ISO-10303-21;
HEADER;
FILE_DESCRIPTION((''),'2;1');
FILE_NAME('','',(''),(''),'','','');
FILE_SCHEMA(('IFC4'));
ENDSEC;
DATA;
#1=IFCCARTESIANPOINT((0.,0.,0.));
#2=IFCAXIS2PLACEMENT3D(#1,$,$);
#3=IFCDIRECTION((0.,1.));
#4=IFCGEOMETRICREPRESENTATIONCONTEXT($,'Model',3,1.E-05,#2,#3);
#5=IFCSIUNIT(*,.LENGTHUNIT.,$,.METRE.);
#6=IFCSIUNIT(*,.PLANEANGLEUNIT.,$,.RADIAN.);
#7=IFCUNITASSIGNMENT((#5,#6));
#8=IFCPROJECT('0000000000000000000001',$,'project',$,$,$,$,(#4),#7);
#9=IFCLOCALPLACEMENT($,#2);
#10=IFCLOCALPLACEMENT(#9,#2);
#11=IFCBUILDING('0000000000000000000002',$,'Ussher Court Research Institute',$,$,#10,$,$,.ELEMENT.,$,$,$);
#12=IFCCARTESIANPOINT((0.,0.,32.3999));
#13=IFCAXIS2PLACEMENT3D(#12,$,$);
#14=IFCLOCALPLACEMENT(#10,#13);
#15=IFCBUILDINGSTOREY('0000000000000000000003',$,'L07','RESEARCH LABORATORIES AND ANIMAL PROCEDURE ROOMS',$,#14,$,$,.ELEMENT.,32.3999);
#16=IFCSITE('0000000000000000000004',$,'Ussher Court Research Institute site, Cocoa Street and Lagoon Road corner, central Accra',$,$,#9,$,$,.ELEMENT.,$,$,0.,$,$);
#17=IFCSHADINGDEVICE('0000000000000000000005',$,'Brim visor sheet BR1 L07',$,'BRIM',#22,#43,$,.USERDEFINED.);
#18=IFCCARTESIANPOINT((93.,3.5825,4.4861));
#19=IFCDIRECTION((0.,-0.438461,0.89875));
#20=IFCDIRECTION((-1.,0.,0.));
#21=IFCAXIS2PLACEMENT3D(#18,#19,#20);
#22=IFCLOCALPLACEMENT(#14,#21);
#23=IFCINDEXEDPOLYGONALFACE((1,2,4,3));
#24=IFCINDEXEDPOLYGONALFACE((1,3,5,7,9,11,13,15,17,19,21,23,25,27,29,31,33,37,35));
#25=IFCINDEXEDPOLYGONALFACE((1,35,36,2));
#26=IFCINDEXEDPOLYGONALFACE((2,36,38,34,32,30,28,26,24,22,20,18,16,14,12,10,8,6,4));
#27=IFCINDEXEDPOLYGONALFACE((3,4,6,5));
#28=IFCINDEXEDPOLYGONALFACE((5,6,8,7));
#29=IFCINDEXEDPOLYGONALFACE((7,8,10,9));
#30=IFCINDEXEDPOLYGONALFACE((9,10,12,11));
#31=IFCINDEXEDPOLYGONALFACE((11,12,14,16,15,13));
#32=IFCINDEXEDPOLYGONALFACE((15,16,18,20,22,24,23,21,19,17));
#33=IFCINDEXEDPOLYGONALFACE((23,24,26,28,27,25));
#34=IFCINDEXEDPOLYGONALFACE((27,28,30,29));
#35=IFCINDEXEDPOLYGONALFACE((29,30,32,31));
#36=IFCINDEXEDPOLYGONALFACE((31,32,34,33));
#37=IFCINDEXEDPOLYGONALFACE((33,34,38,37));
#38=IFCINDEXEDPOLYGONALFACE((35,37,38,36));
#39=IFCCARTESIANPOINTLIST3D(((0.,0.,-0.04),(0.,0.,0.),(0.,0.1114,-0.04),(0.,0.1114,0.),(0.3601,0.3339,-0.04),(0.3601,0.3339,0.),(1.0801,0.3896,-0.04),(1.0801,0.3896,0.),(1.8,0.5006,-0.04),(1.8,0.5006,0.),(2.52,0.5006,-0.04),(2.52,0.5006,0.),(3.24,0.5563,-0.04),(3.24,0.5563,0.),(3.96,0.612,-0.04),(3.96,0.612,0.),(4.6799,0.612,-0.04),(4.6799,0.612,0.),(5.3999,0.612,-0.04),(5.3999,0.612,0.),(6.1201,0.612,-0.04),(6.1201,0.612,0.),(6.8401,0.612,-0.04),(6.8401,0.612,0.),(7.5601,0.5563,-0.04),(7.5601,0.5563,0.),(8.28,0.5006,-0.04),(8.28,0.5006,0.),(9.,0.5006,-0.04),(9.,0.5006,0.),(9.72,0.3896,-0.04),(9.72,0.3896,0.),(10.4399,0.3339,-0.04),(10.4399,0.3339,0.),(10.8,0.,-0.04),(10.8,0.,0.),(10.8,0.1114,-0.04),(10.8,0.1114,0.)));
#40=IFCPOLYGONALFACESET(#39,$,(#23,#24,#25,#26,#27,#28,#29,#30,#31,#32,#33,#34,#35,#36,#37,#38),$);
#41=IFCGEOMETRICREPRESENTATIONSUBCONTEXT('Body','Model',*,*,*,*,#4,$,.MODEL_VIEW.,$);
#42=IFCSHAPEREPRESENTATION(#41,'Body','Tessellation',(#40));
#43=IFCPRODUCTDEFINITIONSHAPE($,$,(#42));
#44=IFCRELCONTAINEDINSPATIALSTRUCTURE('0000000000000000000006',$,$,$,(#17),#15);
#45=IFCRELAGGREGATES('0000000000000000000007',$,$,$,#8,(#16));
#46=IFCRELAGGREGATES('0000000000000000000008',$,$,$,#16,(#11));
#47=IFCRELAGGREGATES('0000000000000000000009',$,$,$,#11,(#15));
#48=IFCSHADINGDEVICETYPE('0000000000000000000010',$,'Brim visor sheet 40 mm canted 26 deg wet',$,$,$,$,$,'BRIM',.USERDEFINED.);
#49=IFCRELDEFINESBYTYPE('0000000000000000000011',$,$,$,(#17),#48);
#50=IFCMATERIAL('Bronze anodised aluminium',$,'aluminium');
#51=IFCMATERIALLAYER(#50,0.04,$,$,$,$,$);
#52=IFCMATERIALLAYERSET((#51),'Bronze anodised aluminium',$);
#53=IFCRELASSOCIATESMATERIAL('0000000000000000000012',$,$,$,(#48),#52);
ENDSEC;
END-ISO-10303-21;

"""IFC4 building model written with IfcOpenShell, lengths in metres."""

from ifc_helpers import new_model, si_unit, direction, frame, origin, place, context, subcontext, project, spatial, polyline, outline, extrude, material, layer, layer_set, type_object, element, save


model = new_model("IFC4")

# Units and contexts
model_context = context("Model", 3, precision=1e-05, world=origin(), true_north=direction((0.0, 1.0)))
body_context = subcontext(model_context, "Body", "Model", "MODEL_VIEW")
ifc_project = project(units=[si_unit("LENGTHUNIT", "METRE"), si_unit("PLANEANGLEUNIT", "RADIAN")], contexts=[model_context])

# Site, building, storey
site_placement = place(None, origin())
site = spatial("IfcSite", under=ifc_project, at=site_placement, Name="Ussher Court Research Institute site, Cocoa Street and Lagoon Road corner, central Accra", CompositionType="ELEMENT", RefElevation=0.0)
building_placement = place(site_placement, origin())
building = spatial("IfcBuilding", under=site, at=building_placement, Name="Ussher Court Research Institute", CompositionType="ELEMENT")
storey_placement = place(building_placement, frame((0.0, 0.0, 32.3999)))
storey = spatial("IfcBuildingStorey", under=building, at=storey_placement, Name="L07", Description="RESEARCH LABORATORIES AND ANIMAL PROCEDURE ROOMS", CompositionType="ELEMENT", Elevation=32.3999)

# Shading device
ifc_material_1 = material(Name="Bronze anodised aluminium", Category="aluminium")
ifc_layer_1 = layer(ifc_material_1, 0.04)
ifc_layer_set_1 = layer_set([ifc_layer_1], Name="Bronze anodised aluminium")
shading_device_type_1 = type_object("IfcShadingDeviceType", Name="Brim visor sheet 40 mm canted 26 deg wet", ElementType="BRIM", PredefinedType="USERDEFINED", material=ifc_layer_set_1)
shading_device_1_placement = place(storey_placement, frame((93.0, 3.5825, 4.4861), z_axis=(0.0, -0.438461, 0.89875), x_axis=(-1.0, 0.0, 0.0)))
element("IfcShadingDevice", 1, at=shading_device_1_placement, inside=storey, type_object=shading_device_type_1, Name="Brim visor sheet BR1 L07", ObjectType="BRIM", PredefinedType="USERDEFINED", context=body_context, shape_type="SweptSolid", body=[
    extrude(outline(polyline([(0.0, 0.0), (10.8, 0.0), (10.8, 0.1114), (10.4399, 0.3339), (9.72, 0.3896), (9.0, 0.5006), (8.28, 0.5006), (7.5601, 0.5563), (6.8401, 0.612), (6.1201, 0.612), (5.3999, 0.612), (4.6799, 0.612), (3.96, 0.612), (3.24, 0.5563), (2.52, 0.5006), (1.8, 0.5006), (1.0801, 0.3896), (0.3601, 0.3339), (0.0, 0.1114), (0.0, 0.0)])), origin(), (0.0, 0.0, -1.0), 0.04),
])

save(model, "model.ifc")
